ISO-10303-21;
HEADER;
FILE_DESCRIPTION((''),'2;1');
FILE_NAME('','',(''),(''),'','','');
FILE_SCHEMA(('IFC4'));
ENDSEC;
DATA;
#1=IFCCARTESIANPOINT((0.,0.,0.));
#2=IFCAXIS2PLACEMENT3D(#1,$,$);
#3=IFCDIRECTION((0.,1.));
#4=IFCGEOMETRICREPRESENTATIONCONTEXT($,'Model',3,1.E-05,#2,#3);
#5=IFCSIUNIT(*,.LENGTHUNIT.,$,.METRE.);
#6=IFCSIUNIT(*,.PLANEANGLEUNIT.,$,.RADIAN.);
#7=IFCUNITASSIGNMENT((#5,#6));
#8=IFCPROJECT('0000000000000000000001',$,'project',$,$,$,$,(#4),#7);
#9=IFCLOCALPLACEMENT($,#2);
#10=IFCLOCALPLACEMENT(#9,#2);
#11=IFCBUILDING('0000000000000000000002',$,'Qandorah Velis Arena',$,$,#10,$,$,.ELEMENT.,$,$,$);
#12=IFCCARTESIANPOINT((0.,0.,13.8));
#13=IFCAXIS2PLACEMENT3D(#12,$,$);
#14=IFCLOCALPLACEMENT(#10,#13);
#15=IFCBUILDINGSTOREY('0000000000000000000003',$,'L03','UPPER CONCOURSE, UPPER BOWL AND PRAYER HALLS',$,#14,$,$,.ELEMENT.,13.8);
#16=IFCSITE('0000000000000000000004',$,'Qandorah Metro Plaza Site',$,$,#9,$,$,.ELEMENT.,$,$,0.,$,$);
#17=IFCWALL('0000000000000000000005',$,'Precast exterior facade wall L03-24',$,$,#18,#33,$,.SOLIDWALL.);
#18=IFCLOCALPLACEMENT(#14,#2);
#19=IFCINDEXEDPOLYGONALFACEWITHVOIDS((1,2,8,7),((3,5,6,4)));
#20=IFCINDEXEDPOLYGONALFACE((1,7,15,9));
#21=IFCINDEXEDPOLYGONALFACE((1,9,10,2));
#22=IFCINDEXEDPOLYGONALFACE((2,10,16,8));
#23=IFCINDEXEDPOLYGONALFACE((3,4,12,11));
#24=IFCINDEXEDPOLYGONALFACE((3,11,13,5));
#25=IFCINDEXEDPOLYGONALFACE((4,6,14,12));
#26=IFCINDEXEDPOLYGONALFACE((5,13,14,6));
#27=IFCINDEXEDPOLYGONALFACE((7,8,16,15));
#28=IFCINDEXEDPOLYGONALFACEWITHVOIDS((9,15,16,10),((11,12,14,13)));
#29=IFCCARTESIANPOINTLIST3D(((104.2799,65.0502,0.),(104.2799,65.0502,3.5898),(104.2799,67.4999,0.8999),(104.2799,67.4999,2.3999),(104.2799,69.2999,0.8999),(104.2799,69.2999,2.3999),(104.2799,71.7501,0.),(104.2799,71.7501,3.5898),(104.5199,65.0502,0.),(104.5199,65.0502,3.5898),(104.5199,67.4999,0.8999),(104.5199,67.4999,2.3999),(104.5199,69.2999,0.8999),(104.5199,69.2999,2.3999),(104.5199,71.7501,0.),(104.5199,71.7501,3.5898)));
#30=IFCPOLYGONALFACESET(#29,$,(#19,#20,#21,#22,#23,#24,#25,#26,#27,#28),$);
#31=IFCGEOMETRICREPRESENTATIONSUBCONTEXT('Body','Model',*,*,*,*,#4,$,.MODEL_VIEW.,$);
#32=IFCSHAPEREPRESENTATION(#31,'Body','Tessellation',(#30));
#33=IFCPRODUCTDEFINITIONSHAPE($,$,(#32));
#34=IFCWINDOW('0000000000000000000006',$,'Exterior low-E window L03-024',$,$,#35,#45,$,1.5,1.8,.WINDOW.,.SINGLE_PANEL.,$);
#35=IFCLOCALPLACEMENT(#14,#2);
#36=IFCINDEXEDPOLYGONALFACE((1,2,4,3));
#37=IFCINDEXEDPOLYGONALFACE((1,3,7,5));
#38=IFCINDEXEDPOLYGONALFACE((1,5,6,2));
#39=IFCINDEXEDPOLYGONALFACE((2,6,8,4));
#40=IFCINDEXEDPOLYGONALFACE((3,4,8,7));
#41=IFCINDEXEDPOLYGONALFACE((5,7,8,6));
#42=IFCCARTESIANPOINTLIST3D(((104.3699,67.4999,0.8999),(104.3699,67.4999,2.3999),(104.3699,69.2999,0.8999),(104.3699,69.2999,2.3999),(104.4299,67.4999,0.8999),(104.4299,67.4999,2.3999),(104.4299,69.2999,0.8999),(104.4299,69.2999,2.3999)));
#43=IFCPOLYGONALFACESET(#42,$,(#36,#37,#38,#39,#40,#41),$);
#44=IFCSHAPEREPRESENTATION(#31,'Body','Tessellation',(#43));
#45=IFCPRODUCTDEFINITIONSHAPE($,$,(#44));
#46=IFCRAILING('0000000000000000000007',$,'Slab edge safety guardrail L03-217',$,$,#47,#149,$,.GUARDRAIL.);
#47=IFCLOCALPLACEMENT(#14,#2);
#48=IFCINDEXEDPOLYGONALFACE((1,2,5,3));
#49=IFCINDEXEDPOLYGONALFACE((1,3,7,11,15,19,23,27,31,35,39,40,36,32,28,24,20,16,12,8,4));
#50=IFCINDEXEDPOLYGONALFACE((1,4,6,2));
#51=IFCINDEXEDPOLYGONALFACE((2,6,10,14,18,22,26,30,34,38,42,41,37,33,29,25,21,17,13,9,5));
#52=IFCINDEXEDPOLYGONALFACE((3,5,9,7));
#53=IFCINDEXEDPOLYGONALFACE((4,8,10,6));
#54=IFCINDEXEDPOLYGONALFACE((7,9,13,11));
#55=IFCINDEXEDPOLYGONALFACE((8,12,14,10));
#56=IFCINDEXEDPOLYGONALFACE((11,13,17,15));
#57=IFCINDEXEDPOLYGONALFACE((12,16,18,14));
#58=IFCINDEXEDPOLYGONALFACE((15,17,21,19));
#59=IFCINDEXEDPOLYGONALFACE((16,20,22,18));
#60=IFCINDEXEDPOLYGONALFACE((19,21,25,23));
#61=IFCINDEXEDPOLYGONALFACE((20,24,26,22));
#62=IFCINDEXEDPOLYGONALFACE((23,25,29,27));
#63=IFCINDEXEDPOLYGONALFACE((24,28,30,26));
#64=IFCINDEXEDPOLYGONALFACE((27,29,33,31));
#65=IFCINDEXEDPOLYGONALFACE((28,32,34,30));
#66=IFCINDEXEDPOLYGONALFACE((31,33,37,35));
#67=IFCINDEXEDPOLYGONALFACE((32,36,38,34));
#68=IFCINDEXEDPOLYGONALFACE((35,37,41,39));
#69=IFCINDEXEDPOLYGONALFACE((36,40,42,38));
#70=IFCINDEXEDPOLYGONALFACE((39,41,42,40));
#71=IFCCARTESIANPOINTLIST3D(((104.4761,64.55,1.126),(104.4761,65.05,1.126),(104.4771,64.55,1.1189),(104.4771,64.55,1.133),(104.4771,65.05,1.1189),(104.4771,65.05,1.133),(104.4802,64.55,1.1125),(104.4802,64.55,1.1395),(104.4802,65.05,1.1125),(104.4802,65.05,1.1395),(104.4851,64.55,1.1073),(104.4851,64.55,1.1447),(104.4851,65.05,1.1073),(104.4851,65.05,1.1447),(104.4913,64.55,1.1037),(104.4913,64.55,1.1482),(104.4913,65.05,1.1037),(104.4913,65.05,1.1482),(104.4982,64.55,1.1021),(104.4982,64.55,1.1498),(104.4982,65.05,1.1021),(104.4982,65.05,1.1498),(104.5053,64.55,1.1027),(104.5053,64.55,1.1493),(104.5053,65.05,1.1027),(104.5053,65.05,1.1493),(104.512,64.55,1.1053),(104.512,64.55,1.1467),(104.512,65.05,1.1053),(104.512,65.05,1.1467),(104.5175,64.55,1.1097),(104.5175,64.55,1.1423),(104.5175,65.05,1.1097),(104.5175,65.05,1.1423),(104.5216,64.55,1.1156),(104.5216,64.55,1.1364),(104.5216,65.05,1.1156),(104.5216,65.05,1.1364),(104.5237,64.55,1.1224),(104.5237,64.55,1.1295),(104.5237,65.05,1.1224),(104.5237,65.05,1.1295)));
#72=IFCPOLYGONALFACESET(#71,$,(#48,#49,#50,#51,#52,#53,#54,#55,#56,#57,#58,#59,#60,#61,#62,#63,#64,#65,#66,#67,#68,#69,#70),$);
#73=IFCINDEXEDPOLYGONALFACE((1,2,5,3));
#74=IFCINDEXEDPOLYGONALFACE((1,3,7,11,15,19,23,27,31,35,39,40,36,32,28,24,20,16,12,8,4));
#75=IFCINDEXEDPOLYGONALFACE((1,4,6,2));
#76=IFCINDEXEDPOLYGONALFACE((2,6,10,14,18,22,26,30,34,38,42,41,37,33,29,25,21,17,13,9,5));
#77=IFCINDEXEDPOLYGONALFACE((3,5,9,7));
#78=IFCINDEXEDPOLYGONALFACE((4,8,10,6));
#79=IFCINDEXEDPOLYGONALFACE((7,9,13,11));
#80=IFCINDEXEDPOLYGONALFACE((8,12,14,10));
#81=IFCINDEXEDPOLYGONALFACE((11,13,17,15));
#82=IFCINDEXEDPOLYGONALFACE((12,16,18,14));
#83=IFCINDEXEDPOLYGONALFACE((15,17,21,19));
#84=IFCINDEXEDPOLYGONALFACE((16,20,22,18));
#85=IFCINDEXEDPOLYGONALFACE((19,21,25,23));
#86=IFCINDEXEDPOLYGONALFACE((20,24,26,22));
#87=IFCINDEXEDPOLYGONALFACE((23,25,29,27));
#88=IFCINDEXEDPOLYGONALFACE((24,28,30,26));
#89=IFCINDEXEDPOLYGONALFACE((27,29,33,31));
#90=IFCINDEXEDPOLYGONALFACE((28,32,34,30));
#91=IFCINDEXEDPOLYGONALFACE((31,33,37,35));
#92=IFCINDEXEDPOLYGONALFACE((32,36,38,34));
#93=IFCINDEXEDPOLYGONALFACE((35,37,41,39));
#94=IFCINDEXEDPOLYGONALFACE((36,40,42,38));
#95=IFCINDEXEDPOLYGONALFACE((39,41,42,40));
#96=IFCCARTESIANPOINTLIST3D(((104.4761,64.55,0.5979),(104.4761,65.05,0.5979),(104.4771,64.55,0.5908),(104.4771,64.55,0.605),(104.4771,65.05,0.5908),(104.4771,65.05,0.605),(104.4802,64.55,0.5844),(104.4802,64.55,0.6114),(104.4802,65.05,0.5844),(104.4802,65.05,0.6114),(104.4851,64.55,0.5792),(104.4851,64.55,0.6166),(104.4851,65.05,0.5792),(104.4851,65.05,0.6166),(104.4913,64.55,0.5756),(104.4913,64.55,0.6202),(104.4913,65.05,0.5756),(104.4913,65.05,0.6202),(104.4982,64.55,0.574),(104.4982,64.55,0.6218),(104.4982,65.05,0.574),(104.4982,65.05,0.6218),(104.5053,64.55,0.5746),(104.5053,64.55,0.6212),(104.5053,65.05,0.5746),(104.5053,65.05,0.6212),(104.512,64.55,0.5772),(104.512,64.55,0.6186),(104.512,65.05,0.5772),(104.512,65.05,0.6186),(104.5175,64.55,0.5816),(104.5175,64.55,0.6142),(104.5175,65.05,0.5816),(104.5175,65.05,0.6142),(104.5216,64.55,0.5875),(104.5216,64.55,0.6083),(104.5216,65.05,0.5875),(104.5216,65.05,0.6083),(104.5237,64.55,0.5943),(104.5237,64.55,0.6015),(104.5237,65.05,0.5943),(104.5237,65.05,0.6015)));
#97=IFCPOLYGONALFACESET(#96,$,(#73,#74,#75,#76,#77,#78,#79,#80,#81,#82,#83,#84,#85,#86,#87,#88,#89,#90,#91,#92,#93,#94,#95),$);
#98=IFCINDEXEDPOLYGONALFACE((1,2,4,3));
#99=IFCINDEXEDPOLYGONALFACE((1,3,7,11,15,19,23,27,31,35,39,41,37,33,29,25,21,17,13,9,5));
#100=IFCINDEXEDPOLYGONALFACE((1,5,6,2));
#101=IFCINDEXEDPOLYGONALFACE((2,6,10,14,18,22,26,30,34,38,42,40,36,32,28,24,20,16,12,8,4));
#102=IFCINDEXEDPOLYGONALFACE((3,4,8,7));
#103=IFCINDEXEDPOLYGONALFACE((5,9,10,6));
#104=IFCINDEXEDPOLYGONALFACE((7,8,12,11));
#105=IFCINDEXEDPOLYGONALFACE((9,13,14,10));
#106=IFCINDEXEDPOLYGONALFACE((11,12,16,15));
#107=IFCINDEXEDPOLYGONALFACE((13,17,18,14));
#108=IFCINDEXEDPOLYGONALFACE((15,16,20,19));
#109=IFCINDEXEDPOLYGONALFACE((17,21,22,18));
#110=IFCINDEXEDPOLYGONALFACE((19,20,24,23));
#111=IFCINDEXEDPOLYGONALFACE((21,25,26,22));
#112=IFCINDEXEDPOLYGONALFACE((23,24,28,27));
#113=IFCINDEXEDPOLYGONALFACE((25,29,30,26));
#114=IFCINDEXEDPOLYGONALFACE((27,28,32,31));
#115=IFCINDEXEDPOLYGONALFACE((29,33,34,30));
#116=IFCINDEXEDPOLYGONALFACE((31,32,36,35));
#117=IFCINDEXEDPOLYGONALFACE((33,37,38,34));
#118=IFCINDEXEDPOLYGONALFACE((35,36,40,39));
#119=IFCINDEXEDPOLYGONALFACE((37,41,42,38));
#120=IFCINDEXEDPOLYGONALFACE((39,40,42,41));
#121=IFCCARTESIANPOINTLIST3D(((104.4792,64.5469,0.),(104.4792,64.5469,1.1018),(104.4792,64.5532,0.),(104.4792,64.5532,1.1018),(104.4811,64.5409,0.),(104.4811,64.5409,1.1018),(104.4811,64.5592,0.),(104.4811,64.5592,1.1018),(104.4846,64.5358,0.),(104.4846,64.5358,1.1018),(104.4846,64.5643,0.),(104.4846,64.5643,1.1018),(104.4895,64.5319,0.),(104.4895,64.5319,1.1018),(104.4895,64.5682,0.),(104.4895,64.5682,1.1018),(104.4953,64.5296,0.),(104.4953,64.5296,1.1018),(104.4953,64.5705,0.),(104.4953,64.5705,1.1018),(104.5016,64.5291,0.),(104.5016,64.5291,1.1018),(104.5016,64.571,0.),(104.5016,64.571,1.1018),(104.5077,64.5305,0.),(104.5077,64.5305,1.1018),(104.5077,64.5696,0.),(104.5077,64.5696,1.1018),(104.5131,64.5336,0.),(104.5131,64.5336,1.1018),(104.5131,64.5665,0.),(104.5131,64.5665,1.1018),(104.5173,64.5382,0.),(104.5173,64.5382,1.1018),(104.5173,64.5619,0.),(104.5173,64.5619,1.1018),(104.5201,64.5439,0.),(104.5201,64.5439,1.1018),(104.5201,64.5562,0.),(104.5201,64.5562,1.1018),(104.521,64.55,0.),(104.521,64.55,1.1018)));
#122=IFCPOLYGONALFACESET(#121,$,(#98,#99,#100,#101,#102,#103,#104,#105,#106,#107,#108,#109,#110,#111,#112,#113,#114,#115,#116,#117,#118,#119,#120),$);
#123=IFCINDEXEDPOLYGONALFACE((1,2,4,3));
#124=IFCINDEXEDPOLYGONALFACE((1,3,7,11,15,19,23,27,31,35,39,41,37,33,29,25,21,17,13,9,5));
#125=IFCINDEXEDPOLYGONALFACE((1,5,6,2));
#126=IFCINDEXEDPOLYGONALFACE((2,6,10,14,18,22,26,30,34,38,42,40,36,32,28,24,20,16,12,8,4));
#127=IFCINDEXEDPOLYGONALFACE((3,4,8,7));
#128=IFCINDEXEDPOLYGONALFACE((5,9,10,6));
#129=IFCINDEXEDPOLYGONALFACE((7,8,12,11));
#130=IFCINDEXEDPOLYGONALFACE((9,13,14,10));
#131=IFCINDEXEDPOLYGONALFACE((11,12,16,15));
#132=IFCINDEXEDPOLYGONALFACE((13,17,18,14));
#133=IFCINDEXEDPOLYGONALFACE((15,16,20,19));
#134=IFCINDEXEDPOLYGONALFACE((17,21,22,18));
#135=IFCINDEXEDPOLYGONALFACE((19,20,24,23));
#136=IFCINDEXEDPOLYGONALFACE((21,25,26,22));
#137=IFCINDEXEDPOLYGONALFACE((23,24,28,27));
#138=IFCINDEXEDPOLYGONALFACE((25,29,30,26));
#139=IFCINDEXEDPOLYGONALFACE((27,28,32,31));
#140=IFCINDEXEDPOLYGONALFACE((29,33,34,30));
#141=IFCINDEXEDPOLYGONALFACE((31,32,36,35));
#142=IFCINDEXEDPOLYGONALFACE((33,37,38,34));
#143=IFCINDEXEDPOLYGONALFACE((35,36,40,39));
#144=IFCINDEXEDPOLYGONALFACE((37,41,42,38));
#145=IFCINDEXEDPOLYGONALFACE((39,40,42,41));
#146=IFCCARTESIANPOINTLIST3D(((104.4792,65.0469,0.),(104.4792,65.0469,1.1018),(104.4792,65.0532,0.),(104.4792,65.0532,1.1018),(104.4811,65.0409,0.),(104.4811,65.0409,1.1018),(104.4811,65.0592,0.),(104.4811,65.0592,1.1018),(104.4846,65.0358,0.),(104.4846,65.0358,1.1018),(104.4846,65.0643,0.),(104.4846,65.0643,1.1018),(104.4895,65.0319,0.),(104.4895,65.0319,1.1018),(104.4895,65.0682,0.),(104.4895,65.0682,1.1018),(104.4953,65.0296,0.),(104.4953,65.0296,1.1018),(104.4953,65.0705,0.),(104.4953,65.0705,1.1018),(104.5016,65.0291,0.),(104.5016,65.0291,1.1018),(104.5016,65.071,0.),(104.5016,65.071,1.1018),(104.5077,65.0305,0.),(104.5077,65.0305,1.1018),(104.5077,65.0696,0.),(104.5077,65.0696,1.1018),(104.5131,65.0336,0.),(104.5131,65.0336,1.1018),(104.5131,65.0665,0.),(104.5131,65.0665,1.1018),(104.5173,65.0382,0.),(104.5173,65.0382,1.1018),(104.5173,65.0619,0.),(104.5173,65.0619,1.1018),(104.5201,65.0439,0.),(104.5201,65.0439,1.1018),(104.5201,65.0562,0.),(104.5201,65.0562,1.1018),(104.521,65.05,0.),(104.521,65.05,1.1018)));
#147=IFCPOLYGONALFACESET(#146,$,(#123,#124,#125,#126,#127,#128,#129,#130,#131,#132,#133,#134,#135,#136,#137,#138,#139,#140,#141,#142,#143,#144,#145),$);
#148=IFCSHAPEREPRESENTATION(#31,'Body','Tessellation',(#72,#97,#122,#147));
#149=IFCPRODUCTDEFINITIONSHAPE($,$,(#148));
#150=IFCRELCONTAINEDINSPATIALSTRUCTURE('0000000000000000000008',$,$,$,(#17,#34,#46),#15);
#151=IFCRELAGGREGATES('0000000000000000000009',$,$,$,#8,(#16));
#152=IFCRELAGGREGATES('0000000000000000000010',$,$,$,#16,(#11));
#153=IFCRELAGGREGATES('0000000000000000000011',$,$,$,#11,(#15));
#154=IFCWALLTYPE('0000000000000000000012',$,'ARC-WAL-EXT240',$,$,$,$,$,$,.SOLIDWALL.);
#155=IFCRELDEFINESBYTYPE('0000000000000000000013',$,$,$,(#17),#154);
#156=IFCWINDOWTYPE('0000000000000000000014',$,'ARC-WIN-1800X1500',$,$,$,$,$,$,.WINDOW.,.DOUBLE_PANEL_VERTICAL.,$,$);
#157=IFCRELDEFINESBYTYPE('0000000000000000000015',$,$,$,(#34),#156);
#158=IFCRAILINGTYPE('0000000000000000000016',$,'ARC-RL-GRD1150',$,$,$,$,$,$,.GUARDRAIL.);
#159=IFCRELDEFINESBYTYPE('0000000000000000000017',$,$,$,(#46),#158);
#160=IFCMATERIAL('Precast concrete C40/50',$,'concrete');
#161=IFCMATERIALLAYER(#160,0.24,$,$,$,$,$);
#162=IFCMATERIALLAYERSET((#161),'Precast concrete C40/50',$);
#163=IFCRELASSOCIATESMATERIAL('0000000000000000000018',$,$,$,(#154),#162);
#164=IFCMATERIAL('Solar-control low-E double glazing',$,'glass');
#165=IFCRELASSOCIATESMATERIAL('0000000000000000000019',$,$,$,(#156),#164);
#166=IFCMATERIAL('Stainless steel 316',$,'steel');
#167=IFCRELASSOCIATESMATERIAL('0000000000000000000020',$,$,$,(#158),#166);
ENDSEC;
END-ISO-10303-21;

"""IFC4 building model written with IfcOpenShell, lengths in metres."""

from ifc_helpers import new_model, si_unit, direction, frame, frame_2d, origin, origin_2d, place, context, subcontext, project, spatial, rectangle, circle, extrude, material, layer, layer_set, type_object, element, fill, save


model = new_model("IFC4")

# Units and contexts
model_context = context("Model", 3, precision=1e-05, world=origin(), true_north=direction((0.0, 1.0)))
body_context = subcontext(model_context, "Body", "Model", "MODEL_VIEW")
ifc_project = project(units=[si_unit("LENGTHUNIT", "METRE"), si_unit("PLANEANGLEUNIT", "RADIAN")], contexts=[model_context])

# Site, building, storey
site_placement = place(None, origin())
site = spatial("IfcSite", under=ifc_project, at=site_placement, Name="Qandorah Metro Plaza Site", CompositionType="ELEMENT", RefElevation=0.0)
building_placement = place(site_placement, origin())
building = spatial("IfcBuilding", under=site, at=building_placement, Name="Qandorah Velis Arena", CompositionType="ELEMENT")
storey_placement = place(building_placement, frame((0.0, 0.0, 13.8)))
storey = spatial("IfcBuildingStorey", under=building, at=storey_placement, Name="L03", Description="UPPER CONCOURSE, UPPER BOWL AND PRAYER HALLS", CompositionType="ELEMENT", Elevation=13.8)

# Shared definitions
ifc_material_1 = material(Name="Precast concrete C40/50", Category="concrete")

# Wall, opening, window
ifc_layer_1 = layer(ifc_material_1, 0.24)
ifc_layer_set_1 = layer_set([ifc_layer_1], Name="Precast concrete C40/50")
wall_type = type_object("IfcWallType", Name="ARC-WAL-EXT240", PredefinedType="SOLIDWALL", material=ifc_layer_set_1)
wall_placement = place(storey_placement, frame((104.3999, 65.05, 0.0), z_axis=(0.0, 0.0, 1.0), x_axis=(0.0, 1.0, 0.0)))
wall = element("IfcWall", 1, at=wall_placement, inside=storey, type_object=wall_type, Name="Precast exterior facade wall L03-24", PredefinedType="SOLIDWALL", context=body_context, shape_type="SweptSolid", body=[
    extrude(rectangle(XDim=6.7, YDim=0.24, at=frame_2d((3.3501, 0.0))), origin(), (0.0, 0.0, 1.0), 3.5898),
])
opening_placement = place(wall_placement, frame((2.45, 0.0, 0.8999)))
opening = element("IfcOpeningElement", 2, at=opening_placement, cuts=wall, PredefinedType="OPENING", context=body_context, shape_type="SweptSolid", body=[
    extrude(rectangle(XDim=1.8, YDim=1.5, at=frame_2d((0.8999, 0.75))), frame((0.0, 0.1299, 0.0), z_axis=(0.0, -1.0, 0.0), x_axis=(1.0, 0.0, 0.0)), (0.0, 0.0, 1.0), 0.26),
])
ifc_material_2 = material(Name="Solar-control low-E double glazing", Category="glass")
window_type = type_object("IfcWindowType", Name="ARC-WIN-1800X1500", PartitioningType="DOUBLE_PANEL_VERTICAL", PredefinedType="WINDOW", material=ifc_material_2)
window_placement = place(opening_placement, origin())
window = element("IfcWindow", 3, at=window_placement, inside=storey, type_object=window_type, Name="Exterior low-E window L03-024", OverallHeight=1.5, OverallWidth=1.8, PartitioningType="SINGLE_PANEL", PredefinedType="WINDOW", context=body_context, shape_type="SweptSolid", body=[
    extrude(rectangle(XDim=1.8, YDim=1.5, at=frame_2d((0.8999, 0.75))), frame((0.0, 0.03, 0.0), z_axis=(0.0, -1.0, 0.0), x_axis=(1.0, 0.0, 0.0)), (0.0, 0.0, 1.0), 0.0601),
])
fill(opening, window)

# Railing
ifc_material_3 = material(Name="Stainless steel 316", Category="steel")
railing_type = type_object("IfcRailingType", Name="ARC-RL-GRD1150", PredefinedType="GUARDRAIL", material=ifc_material_3)
for number, where, name in (
    (4, (104.5, 64.55, 0.0), "Slab edge safety guardrail L03-217"),
):
    element("IfcRailing", number, at=place(storey_placement, frame(where)), inside=storey, type_object=railing_type, Name=name, PredefinedType="GUARDRAIL", context=body_context, shape_type="SweptSolid", body=[
        extrude(circle(Radius=0.0239, at=origin_2d()), frame((0.0, 0.0, 1.126), z_axis=(0.0, 1.0, 0.0), x_axis=(-1.0, 0.0, 0.0)), (0.0, 0.0, 1.0), 0.5),
        extrude(circle(Radius=0.0239, at=origin_2d()), frame((0.0, 0.0, 0.5979), z_axis=(0.0, 1.0, 0.0), x_axis=(-1.0, 0.0, 0.0)), (0.0, 0.0, 1.0), 0.5),
        extrude(circle(Radius=0.021, at=origin_2d()), origin(), (0.0, 0.0, 1.0), 1.1018),
        extrude(circle(Radius=0.021, at=origin_2d()), frame((0.0, 0.5, 0.0)), (0.0, 0.0, 1.0), 1.1018),
    ])

save(model, "model.ifc")
